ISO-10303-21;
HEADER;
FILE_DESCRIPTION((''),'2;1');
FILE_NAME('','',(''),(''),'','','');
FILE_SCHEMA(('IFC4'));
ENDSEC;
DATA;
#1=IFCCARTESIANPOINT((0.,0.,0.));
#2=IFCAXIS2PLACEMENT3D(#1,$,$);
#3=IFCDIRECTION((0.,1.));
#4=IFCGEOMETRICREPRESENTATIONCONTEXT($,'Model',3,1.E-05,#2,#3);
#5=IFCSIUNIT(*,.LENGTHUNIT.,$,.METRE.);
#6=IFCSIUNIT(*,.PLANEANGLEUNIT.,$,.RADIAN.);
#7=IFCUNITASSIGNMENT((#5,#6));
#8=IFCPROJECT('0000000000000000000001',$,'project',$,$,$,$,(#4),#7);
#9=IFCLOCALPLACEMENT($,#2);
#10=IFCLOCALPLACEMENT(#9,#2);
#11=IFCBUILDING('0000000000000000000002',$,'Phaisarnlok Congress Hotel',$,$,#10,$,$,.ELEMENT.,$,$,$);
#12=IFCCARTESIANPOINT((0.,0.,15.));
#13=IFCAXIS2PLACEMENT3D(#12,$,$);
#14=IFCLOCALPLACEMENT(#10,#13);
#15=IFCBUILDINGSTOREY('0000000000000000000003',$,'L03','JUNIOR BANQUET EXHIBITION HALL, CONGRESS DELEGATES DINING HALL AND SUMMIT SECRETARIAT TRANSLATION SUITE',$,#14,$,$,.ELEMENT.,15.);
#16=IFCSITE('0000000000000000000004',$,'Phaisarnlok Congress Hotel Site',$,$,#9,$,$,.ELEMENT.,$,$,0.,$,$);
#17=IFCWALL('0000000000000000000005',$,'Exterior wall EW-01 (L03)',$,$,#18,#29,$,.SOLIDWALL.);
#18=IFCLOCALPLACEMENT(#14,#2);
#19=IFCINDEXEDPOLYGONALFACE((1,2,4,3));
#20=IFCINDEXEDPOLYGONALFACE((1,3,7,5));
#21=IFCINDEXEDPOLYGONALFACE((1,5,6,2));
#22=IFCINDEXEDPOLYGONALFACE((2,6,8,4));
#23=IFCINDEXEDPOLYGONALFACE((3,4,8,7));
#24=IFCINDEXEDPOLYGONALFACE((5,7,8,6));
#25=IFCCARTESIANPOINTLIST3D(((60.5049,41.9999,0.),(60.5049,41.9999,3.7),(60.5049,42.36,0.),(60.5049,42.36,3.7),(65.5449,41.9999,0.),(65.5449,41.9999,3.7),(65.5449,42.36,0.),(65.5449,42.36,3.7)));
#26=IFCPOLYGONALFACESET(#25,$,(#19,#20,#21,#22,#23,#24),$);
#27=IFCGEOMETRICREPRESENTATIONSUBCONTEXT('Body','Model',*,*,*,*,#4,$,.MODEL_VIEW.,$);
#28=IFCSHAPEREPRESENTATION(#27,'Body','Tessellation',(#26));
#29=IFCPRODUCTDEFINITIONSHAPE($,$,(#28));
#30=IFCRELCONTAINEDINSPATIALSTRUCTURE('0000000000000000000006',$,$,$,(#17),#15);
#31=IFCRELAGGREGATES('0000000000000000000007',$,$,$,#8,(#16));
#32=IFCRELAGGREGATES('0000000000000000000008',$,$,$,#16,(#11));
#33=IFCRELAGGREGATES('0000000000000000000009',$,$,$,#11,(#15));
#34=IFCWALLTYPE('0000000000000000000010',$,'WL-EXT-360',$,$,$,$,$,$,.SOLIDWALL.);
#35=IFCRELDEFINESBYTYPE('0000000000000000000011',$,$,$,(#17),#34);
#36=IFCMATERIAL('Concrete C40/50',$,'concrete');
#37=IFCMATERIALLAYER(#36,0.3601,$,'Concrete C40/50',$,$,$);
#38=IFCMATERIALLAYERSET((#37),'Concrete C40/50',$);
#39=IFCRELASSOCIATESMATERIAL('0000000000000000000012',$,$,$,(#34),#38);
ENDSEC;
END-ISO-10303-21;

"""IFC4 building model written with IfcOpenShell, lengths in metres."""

from ifc_helpers import new_model, si_unit, direction, frame, frame_2d, origin, place, context, subcontext, project, spatial, rectangle, extrude, material, layer, layer_set, type_object, element, save


model = new_model("IFC4")

# Units and contexts
model_context = context("Model", 3, precision=1e-05, world=origin(), true_north=direction((0.0, 1.0)))
body_context = subcontext(model_context, "Body", "Model", "MODEL_VIEW")
ifc_project = project(units=[si_unit("LENGTHUNIT", "METRE"), si_unit("PLANEANGLEUNIT", "RADIAN")], contexts=[model_context])

# Site, building, storey
site_placement = place(None, origin())
site = spatial("IfcSite", under=ifc_project, at=site_placement, Name="Phaisarnlok Congress Hotel Site", CompositionType="ELEMENT", RefElevation=0.0)
building_placement = place(site_placement, origin())
building = spatial("IfcBuilding", under=site, at=building_placement, Name="Phaisarnlok Congress Hotel", CompositionType="ELEMENT")
storey_placement = place(building_placement, frame((0.0, 0.0, 15.0)))
storey = spatial("IfcBuildingStorey", under=building, at=storey_placement, Name="L03", Description="JUNIOR BANQUET EXHIBITION HALL, CONGRESS DELEGATES DINING HALL AND SUMMIT SECRETARIAT TRANSLATION SUITE", CompositionType="ELEMENT", Elevation=15.0)

# Shared definitions
ifc_material_1 = material(Name="Concrete C40/50", Category="concrete")

# Wall
ifc_layer_1 = layer(ifc_material_1, 0.3601, Name="Concrete C40/50")
ifc_layer_set_1 = layer_set([ifc_layer_1], Name="Concrete C40/50")
wall_type = type_object("IfcWallType", Name="WL-EXT-360", PredefinedType="SOLIDWALL", material=ifc_layer_set_1)
for number, where, z_axis, x_axis, name in (
    (1, (60.5049, 42.1799, 0.0), (0.0, 0.0, 1.0), (1.0, 0.0, 0.0), "Exterior wall EW-01 (L03)"),
):
    element("IfcWall", number, at=place(storey_placement, frame(where, z_axis=z_axis, x_axis=x_axis)), inside=storey, type_object=wall_type, Name=name, PredefinedType="SOLIDWALL", context=body_context, shape_type="SweptSolid", body=[
        extrude(rectangle(XDim=5.04, YDim=0.3601, at=frame_2d((2.52, 0.0))), origin(), (0.0, 0.0, 1.0), 3.7),
    ])

save(model, "model.ifc")
